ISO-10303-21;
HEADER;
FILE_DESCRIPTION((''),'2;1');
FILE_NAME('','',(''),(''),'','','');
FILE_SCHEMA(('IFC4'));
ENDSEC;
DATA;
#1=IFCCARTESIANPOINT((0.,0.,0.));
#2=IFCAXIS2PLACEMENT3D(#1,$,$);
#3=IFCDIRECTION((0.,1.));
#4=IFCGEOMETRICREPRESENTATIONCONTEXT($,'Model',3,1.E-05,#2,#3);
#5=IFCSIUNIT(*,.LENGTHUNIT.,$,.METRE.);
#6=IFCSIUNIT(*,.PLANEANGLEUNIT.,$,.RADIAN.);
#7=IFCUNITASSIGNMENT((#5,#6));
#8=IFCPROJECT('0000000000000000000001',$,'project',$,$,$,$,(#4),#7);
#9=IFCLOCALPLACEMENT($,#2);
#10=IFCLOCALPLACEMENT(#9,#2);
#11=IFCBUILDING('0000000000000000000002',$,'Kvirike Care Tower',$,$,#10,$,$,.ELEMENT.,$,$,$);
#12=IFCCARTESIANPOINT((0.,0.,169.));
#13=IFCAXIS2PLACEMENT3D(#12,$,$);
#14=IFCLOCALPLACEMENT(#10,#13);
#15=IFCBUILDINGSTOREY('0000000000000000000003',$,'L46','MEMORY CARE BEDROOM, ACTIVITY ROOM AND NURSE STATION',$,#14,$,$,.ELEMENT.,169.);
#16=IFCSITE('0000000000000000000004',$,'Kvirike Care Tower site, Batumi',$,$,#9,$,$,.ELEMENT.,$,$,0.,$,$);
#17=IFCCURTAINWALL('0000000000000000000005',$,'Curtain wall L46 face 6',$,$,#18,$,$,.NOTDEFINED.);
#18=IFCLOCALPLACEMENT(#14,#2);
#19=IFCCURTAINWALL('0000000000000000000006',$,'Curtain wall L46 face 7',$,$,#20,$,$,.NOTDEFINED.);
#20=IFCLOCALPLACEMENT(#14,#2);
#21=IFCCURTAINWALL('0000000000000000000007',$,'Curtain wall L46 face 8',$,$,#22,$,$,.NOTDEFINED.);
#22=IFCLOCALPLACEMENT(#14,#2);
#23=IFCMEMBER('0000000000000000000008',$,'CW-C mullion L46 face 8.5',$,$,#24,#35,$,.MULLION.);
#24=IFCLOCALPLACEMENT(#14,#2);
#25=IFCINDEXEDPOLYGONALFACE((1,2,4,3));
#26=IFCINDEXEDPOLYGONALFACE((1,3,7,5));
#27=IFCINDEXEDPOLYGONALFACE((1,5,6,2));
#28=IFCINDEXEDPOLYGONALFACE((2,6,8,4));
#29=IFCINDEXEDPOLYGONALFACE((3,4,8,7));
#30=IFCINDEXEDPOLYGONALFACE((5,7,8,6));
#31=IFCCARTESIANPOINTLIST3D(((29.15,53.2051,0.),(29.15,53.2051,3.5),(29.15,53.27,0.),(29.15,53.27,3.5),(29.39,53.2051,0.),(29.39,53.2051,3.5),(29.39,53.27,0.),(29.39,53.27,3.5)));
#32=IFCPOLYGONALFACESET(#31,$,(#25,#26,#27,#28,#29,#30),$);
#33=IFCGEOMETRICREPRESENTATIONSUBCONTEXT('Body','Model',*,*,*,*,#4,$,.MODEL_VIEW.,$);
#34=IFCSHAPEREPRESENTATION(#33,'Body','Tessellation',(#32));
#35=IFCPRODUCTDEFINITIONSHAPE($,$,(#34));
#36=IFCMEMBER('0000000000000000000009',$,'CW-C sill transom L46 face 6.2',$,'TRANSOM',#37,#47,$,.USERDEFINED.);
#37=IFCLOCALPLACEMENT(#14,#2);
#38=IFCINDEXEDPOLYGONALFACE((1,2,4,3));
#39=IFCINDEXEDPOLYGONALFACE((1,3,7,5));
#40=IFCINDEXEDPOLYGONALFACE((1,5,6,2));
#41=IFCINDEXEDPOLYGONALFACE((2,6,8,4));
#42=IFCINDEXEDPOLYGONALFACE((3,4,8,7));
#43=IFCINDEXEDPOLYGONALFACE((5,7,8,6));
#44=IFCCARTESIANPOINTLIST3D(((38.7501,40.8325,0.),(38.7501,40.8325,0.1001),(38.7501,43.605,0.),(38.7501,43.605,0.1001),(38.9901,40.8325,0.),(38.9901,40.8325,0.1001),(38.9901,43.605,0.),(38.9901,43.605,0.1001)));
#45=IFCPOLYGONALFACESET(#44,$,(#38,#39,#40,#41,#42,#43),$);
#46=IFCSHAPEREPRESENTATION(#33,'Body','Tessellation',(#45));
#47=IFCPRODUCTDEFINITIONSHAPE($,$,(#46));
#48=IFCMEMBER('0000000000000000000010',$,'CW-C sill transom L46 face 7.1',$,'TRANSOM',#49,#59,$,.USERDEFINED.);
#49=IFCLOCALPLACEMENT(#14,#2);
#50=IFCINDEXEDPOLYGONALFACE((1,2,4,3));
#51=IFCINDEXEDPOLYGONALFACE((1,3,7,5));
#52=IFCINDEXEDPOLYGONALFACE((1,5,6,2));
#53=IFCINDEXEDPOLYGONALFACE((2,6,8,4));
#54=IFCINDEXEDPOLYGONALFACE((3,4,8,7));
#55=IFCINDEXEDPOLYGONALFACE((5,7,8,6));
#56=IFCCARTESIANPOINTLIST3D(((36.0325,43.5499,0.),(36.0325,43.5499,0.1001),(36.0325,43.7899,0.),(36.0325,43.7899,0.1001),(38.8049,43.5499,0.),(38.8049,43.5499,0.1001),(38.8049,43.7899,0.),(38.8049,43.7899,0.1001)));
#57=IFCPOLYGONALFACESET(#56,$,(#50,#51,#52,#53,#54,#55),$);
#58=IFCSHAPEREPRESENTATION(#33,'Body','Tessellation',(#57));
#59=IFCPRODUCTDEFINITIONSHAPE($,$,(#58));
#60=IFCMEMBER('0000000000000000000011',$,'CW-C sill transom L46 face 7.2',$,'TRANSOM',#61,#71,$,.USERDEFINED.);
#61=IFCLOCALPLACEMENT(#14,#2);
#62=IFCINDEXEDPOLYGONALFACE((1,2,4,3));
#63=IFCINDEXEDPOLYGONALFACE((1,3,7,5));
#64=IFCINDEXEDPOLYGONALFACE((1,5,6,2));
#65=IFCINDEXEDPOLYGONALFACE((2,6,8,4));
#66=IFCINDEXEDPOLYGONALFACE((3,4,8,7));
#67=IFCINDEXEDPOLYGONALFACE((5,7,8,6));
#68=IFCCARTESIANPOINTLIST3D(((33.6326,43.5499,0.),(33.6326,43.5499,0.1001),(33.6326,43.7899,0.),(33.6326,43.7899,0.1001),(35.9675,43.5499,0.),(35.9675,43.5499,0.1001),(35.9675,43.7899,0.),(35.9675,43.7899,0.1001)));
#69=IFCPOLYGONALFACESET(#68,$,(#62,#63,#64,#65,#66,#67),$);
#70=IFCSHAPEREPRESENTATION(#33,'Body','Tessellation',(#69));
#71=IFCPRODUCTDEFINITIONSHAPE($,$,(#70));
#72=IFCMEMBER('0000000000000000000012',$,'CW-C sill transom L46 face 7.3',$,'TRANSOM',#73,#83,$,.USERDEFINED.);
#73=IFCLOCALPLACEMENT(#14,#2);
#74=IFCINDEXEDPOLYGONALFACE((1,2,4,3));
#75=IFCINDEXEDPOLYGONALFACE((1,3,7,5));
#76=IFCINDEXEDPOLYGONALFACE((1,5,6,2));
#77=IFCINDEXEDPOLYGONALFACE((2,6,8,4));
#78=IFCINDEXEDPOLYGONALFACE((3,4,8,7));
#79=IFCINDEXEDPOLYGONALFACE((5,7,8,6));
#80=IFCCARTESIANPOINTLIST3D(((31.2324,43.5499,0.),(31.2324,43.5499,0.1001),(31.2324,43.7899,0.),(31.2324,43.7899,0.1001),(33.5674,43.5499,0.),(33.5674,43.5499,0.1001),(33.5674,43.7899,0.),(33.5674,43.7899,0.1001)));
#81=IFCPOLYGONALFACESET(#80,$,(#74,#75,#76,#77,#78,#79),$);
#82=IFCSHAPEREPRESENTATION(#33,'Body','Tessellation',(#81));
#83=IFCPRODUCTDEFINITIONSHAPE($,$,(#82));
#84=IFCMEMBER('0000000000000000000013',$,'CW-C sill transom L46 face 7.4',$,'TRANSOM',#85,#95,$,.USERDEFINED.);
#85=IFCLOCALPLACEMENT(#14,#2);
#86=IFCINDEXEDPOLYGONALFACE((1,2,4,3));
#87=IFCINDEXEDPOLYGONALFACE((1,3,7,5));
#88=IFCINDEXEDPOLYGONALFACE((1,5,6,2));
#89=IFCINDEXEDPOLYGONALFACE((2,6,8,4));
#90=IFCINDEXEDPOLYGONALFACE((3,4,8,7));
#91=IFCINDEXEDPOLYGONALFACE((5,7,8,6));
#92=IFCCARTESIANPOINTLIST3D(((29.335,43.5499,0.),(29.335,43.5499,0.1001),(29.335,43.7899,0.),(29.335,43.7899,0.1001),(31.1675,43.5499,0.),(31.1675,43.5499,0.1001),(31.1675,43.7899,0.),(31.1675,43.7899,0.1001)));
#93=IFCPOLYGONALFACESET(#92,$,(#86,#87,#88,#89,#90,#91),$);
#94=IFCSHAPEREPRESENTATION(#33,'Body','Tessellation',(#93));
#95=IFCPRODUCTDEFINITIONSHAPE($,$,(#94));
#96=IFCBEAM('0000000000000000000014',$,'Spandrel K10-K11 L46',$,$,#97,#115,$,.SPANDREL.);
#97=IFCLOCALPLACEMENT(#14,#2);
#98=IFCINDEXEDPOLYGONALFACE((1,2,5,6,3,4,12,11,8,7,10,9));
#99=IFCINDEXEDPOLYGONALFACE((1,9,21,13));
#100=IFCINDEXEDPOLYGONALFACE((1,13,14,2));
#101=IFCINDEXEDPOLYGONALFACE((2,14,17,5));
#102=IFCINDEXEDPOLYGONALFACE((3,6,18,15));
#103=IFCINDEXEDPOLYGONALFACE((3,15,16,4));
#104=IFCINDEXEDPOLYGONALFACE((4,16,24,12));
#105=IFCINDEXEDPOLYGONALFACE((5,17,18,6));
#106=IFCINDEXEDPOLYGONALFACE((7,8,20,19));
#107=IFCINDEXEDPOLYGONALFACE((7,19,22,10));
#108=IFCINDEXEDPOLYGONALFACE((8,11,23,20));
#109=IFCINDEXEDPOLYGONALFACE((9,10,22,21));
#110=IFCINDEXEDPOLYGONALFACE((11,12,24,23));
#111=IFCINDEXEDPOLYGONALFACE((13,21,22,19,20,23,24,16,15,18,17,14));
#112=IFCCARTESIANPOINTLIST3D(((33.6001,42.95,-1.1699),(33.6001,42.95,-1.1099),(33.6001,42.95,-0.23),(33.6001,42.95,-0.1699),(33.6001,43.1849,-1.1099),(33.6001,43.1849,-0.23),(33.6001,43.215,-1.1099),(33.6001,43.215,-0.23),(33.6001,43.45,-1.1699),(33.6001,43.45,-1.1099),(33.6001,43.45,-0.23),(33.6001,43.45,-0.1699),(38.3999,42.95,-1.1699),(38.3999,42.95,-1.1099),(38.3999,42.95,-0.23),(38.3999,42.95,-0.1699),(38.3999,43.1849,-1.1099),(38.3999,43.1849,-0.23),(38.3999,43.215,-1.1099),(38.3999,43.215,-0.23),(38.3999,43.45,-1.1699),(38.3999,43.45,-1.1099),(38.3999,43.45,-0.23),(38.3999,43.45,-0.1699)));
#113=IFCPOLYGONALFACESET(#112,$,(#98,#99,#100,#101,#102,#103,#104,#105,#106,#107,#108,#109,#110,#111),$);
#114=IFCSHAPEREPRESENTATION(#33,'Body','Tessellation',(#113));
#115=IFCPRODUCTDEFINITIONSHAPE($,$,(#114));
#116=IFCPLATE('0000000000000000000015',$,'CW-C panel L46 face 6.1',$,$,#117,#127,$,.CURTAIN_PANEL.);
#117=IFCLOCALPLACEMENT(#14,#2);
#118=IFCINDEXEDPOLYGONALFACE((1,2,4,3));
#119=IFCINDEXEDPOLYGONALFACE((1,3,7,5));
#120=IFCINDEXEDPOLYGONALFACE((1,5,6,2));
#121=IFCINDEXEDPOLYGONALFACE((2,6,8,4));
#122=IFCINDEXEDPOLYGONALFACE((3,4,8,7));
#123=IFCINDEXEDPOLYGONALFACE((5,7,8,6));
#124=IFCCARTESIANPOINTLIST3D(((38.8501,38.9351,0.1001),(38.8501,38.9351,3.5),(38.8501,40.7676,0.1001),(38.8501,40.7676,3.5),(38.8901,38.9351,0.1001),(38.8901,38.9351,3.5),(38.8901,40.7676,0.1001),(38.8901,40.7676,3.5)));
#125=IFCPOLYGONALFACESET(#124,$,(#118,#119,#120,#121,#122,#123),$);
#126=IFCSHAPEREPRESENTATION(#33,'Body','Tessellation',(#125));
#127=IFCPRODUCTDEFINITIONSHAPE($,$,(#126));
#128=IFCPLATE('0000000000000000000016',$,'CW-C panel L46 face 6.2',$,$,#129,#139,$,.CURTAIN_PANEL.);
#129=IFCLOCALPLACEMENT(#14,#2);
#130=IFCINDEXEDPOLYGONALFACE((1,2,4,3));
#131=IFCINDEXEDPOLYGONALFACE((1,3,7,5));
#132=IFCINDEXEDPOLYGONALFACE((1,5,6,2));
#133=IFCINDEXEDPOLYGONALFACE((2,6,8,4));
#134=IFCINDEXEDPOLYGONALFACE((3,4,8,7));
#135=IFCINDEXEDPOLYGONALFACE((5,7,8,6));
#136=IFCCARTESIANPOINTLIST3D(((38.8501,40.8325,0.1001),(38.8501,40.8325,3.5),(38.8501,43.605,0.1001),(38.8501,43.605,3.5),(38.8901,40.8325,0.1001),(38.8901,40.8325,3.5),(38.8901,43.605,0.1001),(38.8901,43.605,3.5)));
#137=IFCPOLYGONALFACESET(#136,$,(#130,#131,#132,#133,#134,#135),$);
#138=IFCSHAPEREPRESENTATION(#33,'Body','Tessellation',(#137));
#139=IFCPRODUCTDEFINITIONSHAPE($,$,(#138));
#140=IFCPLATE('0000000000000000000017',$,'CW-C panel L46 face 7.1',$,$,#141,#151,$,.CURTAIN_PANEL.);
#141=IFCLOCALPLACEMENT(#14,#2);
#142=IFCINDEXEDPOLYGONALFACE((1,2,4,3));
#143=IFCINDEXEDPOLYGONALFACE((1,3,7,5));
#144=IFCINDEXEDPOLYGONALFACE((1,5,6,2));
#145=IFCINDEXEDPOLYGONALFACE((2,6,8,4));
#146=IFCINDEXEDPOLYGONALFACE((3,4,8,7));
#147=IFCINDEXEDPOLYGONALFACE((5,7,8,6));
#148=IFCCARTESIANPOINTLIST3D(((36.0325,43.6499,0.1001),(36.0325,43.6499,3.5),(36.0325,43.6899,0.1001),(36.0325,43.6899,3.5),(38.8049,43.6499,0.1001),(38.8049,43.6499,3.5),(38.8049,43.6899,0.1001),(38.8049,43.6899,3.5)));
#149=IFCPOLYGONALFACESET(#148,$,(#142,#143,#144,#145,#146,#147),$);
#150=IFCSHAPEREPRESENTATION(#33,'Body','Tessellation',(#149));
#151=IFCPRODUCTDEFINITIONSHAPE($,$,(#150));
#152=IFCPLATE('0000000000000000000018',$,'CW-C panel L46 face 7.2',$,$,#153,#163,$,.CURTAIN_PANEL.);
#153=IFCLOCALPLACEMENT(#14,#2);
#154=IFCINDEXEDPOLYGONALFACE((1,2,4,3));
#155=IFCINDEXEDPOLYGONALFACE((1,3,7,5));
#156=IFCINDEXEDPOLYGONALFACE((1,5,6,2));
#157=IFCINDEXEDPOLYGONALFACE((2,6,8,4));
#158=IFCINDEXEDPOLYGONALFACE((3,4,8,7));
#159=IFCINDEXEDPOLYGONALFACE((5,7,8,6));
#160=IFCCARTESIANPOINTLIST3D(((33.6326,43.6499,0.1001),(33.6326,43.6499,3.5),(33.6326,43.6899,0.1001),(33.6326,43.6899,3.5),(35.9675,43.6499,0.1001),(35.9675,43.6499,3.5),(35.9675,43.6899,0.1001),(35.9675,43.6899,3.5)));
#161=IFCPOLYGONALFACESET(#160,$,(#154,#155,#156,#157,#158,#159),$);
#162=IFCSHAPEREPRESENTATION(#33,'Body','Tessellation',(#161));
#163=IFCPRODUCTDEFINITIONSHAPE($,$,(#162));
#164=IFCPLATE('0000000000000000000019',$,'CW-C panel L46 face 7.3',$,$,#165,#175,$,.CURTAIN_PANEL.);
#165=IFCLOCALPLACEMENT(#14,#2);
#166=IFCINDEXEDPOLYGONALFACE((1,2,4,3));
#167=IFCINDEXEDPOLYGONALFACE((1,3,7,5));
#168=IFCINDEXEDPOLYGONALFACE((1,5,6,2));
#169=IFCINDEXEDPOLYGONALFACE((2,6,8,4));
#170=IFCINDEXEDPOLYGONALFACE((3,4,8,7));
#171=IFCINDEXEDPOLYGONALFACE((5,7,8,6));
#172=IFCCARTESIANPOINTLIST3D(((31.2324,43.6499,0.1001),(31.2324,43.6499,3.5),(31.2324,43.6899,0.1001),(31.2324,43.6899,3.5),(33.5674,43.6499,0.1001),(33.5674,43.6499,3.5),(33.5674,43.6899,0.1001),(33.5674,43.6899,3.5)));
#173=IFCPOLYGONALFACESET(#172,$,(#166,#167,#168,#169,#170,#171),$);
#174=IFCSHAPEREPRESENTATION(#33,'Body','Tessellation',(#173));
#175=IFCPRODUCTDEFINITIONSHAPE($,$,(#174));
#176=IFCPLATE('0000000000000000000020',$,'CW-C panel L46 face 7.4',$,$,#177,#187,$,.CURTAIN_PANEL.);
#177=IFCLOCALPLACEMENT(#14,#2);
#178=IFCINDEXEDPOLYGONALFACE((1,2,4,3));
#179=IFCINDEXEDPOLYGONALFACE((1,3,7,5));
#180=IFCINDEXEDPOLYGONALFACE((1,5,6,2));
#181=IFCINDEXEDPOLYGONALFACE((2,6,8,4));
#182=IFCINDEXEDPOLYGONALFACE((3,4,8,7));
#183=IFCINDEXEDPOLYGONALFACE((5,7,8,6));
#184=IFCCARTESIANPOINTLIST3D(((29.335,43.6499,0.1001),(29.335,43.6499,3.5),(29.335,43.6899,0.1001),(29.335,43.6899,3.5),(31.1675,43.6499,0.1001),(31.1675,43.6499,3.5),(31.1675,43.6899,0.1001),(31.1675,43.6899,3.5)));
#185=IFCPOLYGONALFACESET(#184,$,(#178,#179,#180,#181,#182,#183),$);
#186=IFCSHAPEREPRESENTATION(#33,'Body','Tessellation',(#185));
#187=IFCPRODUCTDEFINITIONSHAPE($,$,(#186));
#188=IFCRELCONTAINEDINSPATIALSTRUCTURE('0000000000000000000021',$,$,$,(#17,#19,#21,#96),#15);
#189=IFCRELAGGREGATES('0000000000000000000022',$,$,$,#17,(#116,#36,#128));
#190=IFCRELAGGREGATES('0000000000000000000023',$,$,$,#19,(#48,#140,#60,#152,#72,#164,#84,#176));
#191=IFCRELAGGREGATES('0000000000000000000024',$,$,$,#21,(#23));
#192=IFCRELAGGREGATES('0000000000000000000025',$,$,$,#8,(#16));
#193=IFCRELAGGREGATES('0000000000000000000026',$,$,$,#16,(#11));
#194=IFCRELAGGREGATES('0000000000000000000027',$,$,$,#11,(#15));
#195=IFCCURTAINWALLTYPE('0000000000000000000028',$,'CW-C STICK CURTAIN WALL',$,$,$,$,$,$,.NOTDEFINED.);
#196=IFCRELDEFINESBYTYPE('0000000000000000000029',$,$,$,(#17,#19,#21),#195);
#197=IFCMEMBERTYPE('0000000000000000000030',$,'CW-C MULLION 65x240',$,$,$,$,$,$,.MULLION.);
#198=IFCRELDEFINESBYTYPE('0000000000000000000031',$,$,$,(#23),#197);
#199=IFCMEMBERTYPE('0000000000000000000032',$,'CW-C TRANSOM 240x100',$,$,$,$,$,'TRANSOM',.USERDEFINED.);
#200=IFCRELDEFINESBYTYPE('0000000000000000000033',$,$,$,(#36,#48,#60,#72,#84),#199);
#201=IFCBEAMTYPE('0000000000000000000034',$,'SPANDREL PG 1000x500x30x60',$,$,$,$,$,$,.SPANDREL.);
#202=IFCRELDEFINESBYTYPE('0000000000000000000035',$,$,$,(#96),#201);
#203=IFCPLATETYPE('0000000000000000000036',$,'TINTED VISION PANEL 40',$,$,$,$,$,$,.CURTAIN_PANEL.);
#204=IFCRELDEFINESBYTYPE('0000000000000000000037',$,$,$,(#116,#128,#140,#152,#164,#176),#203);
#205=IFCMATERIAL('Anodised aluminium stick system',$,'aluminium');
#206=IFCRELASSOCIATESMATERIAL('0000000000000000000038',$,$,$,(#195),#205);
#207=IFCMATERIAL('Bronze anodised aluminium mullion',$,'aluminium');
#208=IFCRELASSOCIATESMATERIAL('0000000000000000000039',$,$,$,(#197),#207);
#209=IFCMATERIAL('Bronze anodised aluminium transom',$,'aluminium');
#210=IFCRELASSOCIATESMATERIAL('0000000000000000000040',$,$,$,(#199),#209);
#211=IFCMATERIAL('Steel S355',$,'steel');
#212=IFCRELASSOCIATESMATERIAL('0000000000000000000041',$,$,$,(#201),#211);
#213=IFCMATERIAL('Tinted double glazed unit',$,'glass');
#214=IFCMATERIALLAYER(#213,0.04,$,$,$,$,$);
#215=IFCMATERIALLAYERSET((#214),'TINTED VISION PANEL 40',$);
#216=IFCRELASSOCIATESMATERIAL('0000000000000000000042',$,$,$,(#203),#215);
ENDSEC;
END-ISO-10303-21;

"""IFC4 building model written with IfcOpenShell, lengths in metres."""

from ifc_helpers import new_model, si_unit, direction, frame, origin, origin_2d, place, context, subcontext, project, spatial, rectangle, i_section, extrude, material, layer, layer_set, material_profile, profile_set, type_object, element, aggregate, save


model = new_model("IFC4")

# Units and contexts
model_context = context("Model", 3, precision=1e-05, world=origin(), true_north=direction((0.0, 1.0)))
body_context = subcontext(model_context, "Body", "Model", "MODEL_VIEW")
ifc_project = project(units=[si_unit("LENGTHUNIT", "METRE"), si_unit("PLANEANGLEUNIT", "RADIAN")], contexts=[model_context])

# Site, building, storey
site_placement = place(None, origin())
site = spatial("IfcSite", under=ifc_project, at=site_placement, Name="Kvirike Care Tower site, Batumi", CompositionType="ELEMENT", RefElevation=0.0)
building_placement = place(site_placement, origin())
building = spatial("IfcBuilding", under=site, at=building_placement, Name="Kvirike Care Tower", CompositionType="ELEMENT")
storey_placement = place(building_placement, frame((0.0, 0.0, 169.0)))
storey = spatial("IfcBuildingStorey", under=building, at=storey_placement, Name="L46", Description="MEMORY CARE BEDROOM, ACTIVITY ROOM AND NURSE STATION", CompositionType="ELEMENT", Elevation=169.0)

# Curtain walls
ifc_material_1 = material(Name="Anodised aluminium stick system", Category="aluminium")
curtain_wall_type = type_object("IfcCurtainWallType", Name="CW-C STICK CURTAIN WALL", PredefinedType="NOTDEFINED", material=ifc_material_1)
curtain_wall_1_placement = place(storey_placement, origin())
curtain_wall_1 = element("IfcCurtainWall", 1, at=curtain_wall_1_placement, inside=storey, type_object=curtain_wall_type, Name="Curtain wall L46 face 6", PredefinedType="NOTDEFINED")
curtain_wall_2_placement = place(storey_placement, origin())
curtain_wall_2 = element("IfcCurtainWall", 2, at=curtain_wall_2_placement, inside=storey, type_object=curtain_wall_type, Name="Curtain wall L46 face 7", PredefinedType="NOTDEFINED")
curtain_wall_3_placement = place(storey_placement, origin())
curtain_wall_3 = element("IfcCurtainWall", 3, at=curtain_wall_3_placement, inside=storey, type_object=curtain_wall_type, Name="Curtain wall L46 face 8", PredefinedType="NOTDEFINED")

# Members
ifc_material_2 = material(Name="Bronze anodised aluminium mullion", Category="aluminium")
ifc_material_profile_1 = material_profile(ifc_material_2, rectangle(XDim=0.0649, YDim=0.24, at=origin_2d()), Name="CW-C MULLION 65x240")
ifc_profile_set_1 = profile_set([ifc_material_profile_1], Name="Bronze anodised aluminium mullion")
member_type_1 = type_object("IfcMemberType", Name="CW-C MULLION 65x240", PredefinedType="MULLION", material=ifc_profile_set_1)
member_1_placement = place(storey_placement, frame((29.27, 53.2375, 0.0), z_axis=(0.0, 0.0, 1.0), x_axis=(0.0, 1.0, 0.0)))
member_1 = element("IfcMember", 4, at=member_1_placement, type_object=member_type_1, Name="CW-C mullion L46 face 8.5", PredefinedType="MULLION", context=body_context, shape_type="SweptSolid", body=[
    extrude(rectangle(XDim=0.0649, YDim=0.24, at=origin_2d()), origin(), (0.0, 0.0, 1.0), 3.5),
])
ifc_material_3 = material(Name="Bronze anodised aluminium transom", Category="aluminium")
ifc_material_profile_2 = material_profile(ifc_material_3, rectangle(XDim=0.24, YDim=0.1001, at=origin_2d()), Name="CW-C TRANSOM 240x100")
ifc_profile_set_2 = profile_set([ifc_material_profile_2], Name="Bronze anodised aluminium transom")
member_type_2 = type_object("IfcMemberType", Name="CW-C TRANSOM 240x100", ElementType="TRANSOM", PredefinedType="USERDEFINED", material=ifc_profile_set_2)
member_2_placement = place(storey_placement, frame((38.8701, 40.8325, 0.05), z_axis=(0.0, 1.0, 0.0), x_axis=(-1.0, 0.0, 0.0)))
member_2 = element("IfcMember", 5, at=member_2_placement, type_object=member_type_2, Name="CW-C sill transom L46 face 6.2", ObjectType="TRANSOM", PredefinedType="USERDEFINED", context=body_context, shape_type="SweptSolid", body=[
    extrude(rectangle(XDim=0.24, YDim=0.1001, at=origin_2d()), origin(), (0.0, 0.0, 1.0), 2.7725),
])
member_3_placement = place(storey_placement, frame((38.8049, 43.6699, 0.05), z_axis=(-1.0, 0.0, 0.0), x_axis=(0.0, -1.0, 0.0)))
member_3 = element("IfcMember", 6, at=member_3_placement, type_object=member_type_2, Name="CW-C sill transom L46 face 7.1", ObjectType="TRANSOM", PredefinedType="USERDEFINED", context=body_context, shape_type="SweptSolid", body=[
    extrude(rectangle(XDim=0.24, YDim=0.1001, at=origin_2d()), origin(), (0.0, 0.0, 1.0), 2.7725),
])
member_4_placement = place(storey_placement, frame((35.9675, 43.6699, 0.05), z_axis=(-1.0, 0.0, 0.0), x_axis=(0.0, -1.0, 0.0)))
member_4 = element("IfcMember", 7, at=member_4_placement, type_object=member_type_2, Name="CW-C sill transom L46 face 7.2", ObjectType="TRANSOM", PredefinedType="USERDEFINED", context=body_context, shape_type="SweptSolid", body=[
    extrude(rectangle(XDim=0.24, YDim=0.1001, at=origin_2d()), origin(), (0.0, 0.0, 1.0), 2.335),
])
member_5_placement = place(storey_placement, frame((33.5674, 43.6699, 0.05), z_axis=(-1.0, 0.0, 0.0), x_axis=(0.0, -1.0, 0.0)))
member_5 = element("IfcMember", 8, at=member_5_placement, type_object=member_type_2, Name="CW-C sill transom L46 face 7.3", ObjectType="TRANSOM", PredefinedType="USERDEFINED", context=body_context, shape_type="SweptSolid", body=[
    extrude(rectangle(XDim=0.24, YDim=0.1001, at=origin_2d()), origin(), (0.0, 0.0, 1.0), 2.335),
])
member_6_placement = place(storey_placement, frame((31.1675, 43.6699, 0.05), z_axis=(-1.0, 0.0, 0.0), x_axis=(0.0, -1.0, 0.0)))
member_6 = element("IfcMember", 9, at=member_6_placement, type_object=member_type_2, Name="CW-C sill transom L46 face 7.4", ObjectType="TRANSOM", PredefinedType="USERDEFINED", context=body_context, shape_type="SweptSolid", body=[
    extrude(rectangle(XDim=0.24, YDim=0.1001, at=origin_2d()), origin(), (0.0, 0.0, 1.0), 1.8325),
])

# Beam
ifc_material_4 = material(Name="Steel S355", Category="steel")
ifc_material_profile_3 = material_profile(ifc_material_4, i_section(OverallWidth=0.5, OverallDepth=1.0, WebThickness=0.03, FlangeThickness=0.0601, at=origin_2d()), Name="PG 1000x500x30x60")
ifc_profile_set_3 = profile_set([ifc_material_profile_3], Name="Steel S355")
beam_type = type_object("IfcBeamType", Name="SPANDREL PG 1000x500x30x60", PredefinedType="SPANDREL", material=ifc_profile_set_3)
beam_placement = place(storey_placement, frame((33.6001, 43.2, -0.6699), z_axis=(1.0, 0.0, 0.0), x_axis=(0.0, 1.0, 0.0)))
element("IfcBeam", 10, at=beam_placement, inside=storey, type_object=beam_type, Name="Spandrel K10-K11 L46", PredefinedType="SPANDREL", context=body_context, shape_type="SweptSolid", body=[
    extrude(i_section(OverallWidth=0.5, OverallDepth=1.0, WebThickness=0.03, FlangeThickness=0.0601, at=origin_2d()), origin(), (0.0, 0.0, 1.0), 4.7998),
])

# Plates
ifc_material_5 = material(Name="Tinted double glazed unit", Category="glass")
ifc_layer_1 = layer(ifc_material_5, 0.04)
ifc_layer_set_1 = layer_set([ifc_layer_1], Name="TINTED VISION PANEL 40")
plate_type = type_object("IfcPlateType", Name="TINTED VISION PANEL 40", PredefinedType="CURTAIN_PANEL", material=ifc_layer_set_1)
plate_1_placement = place(storey_placement, frame((38.8701, 39.8513, 0.1001), z_axis=(0.0, 0.0, 1.0), x_axis=(0.0, 1.0, 0.0)))
plate_1 = element("IfcPlate", 11, at=plate_1_placement, type_object=plate_type, Name="CW-C panel L46 face 6.1", PredefinedType="CURTAIN_PANEL", context=body_context, shape_type="SweptSolid", body=[
    extrude(rectangle(XDim=1.8325, YDim=0.04, at=origin_2d()), origin(), (0.0, 0.0, 1.0), 3.3999),
])
plate_2_placement = place(storey_placement, frame((38.8701, 42.2188, 0.1001), z_axis=(0.0, 0.0, 1.0), x_axis=(0.0, 1.0, 0.0)))
plate_2 = element("IfcPlate", 12, at=plate_2_placement, type_object=plate_type, Name="CW-C panel L46 face 6.2", PredefinedType="CURTAIN_PANEL", context=body_context, shape_type="SweptSolid", body=[
    extrude(rectangle(XDim=2.7725, YDim=0.04, at=origin_2d()), origin(), (0.0, 0.0, 1.0), 3.3999),
])
aggregate(curtain_wall_1, [plate_1, member_2, plate_2])
plate_3_placement = place(storey_placement, frame((37.4187, 43.6699, 0.1001), z_axis=(0.0, 0.0, 1.0), x_axis=(-1.0, 0.0, 0.0)))
plate_3 = element("IfcPlate", 13, at=plate_3_placement, type_object=plate_type, Name="CW-C panel L46 face 7.1", PredefinedType="CURTAIN_PANEL", context=body_context, shape_type="SweptSolid", body=[
    extrude(rectangle(XDim=2.7725, YDim=0.04, at=origin_2d()), origin(), (0.0, 0.0, 1.0), 3.3999),
])
plate_4_placement = place(storey_placement, frame((34.8, 43.6699, 0.1001), z_axis=(0.0, 0.0, 1.0), x_axis=(-1.0, 0.0, 0.0)))
plate_4 = element("IfcPlate", 14, at=plate_4_placement, type_object=plate_type, Name="CW-C panel L46 face 7.2", PredefinedType="CURTAIN_PANEL", context=body_context, shape_type="SweptSolid", body=[
    extrude(rectangle(XDim=2.335, YDim=0.04, at=origin_2d()), origin(), (0.0, 0.0, 1.0), 3.3999),
])
plate_5_placement = place(storey_placement, frame((32.3999, 43.6699, 0.1001), z_axis=(0.0, 0.0, 1.0), x_axis=(-1.0, 0.0, 0.0)))
plate_5 = element("IfcPlate", 15, at=plate_5_placement, type_object=plate_type, Name="CW-C panel L46 face 7.3", PredefinedType="CURTAIN_PANEL", context=body_context, shape_type="SweptSolid", body=[
    extrude(rectangle(XDim=2.335, YDim=0.04, at=origin_2d()), origin(), (0.0, 0.0, 1.0), 3.3999),
])
plate_6_placement = place(storey_placement, frame((30.2512, 43.6699, 0.1001), z_axis=(0.0, 0.0, 1.0), x_axis=(-1.0, 0.0, 0.0)))
plate_6 = element("IfcPlate", 16, at=plate_6_placement, type_object=plate_type, Name="CW-C panel L46 face 7.4", PredefinedType="CURTAIN_PANEL", context=body_context, shape_type="SweptSolid", body=[
    extrude(rectangle(XDim=1.8325, YDim=0.04, at=origin_2d()), origin(), (0.0, 0.0, 1.0), 3.3999),
])
aggregate(curtain_wall_2, [member_3, plate_3, member_4, plate_4, member_5, plate_5, member_6, plate_6])
aggregate(curtain_wall_3, [member_1])

save(model, "model.ifc")
